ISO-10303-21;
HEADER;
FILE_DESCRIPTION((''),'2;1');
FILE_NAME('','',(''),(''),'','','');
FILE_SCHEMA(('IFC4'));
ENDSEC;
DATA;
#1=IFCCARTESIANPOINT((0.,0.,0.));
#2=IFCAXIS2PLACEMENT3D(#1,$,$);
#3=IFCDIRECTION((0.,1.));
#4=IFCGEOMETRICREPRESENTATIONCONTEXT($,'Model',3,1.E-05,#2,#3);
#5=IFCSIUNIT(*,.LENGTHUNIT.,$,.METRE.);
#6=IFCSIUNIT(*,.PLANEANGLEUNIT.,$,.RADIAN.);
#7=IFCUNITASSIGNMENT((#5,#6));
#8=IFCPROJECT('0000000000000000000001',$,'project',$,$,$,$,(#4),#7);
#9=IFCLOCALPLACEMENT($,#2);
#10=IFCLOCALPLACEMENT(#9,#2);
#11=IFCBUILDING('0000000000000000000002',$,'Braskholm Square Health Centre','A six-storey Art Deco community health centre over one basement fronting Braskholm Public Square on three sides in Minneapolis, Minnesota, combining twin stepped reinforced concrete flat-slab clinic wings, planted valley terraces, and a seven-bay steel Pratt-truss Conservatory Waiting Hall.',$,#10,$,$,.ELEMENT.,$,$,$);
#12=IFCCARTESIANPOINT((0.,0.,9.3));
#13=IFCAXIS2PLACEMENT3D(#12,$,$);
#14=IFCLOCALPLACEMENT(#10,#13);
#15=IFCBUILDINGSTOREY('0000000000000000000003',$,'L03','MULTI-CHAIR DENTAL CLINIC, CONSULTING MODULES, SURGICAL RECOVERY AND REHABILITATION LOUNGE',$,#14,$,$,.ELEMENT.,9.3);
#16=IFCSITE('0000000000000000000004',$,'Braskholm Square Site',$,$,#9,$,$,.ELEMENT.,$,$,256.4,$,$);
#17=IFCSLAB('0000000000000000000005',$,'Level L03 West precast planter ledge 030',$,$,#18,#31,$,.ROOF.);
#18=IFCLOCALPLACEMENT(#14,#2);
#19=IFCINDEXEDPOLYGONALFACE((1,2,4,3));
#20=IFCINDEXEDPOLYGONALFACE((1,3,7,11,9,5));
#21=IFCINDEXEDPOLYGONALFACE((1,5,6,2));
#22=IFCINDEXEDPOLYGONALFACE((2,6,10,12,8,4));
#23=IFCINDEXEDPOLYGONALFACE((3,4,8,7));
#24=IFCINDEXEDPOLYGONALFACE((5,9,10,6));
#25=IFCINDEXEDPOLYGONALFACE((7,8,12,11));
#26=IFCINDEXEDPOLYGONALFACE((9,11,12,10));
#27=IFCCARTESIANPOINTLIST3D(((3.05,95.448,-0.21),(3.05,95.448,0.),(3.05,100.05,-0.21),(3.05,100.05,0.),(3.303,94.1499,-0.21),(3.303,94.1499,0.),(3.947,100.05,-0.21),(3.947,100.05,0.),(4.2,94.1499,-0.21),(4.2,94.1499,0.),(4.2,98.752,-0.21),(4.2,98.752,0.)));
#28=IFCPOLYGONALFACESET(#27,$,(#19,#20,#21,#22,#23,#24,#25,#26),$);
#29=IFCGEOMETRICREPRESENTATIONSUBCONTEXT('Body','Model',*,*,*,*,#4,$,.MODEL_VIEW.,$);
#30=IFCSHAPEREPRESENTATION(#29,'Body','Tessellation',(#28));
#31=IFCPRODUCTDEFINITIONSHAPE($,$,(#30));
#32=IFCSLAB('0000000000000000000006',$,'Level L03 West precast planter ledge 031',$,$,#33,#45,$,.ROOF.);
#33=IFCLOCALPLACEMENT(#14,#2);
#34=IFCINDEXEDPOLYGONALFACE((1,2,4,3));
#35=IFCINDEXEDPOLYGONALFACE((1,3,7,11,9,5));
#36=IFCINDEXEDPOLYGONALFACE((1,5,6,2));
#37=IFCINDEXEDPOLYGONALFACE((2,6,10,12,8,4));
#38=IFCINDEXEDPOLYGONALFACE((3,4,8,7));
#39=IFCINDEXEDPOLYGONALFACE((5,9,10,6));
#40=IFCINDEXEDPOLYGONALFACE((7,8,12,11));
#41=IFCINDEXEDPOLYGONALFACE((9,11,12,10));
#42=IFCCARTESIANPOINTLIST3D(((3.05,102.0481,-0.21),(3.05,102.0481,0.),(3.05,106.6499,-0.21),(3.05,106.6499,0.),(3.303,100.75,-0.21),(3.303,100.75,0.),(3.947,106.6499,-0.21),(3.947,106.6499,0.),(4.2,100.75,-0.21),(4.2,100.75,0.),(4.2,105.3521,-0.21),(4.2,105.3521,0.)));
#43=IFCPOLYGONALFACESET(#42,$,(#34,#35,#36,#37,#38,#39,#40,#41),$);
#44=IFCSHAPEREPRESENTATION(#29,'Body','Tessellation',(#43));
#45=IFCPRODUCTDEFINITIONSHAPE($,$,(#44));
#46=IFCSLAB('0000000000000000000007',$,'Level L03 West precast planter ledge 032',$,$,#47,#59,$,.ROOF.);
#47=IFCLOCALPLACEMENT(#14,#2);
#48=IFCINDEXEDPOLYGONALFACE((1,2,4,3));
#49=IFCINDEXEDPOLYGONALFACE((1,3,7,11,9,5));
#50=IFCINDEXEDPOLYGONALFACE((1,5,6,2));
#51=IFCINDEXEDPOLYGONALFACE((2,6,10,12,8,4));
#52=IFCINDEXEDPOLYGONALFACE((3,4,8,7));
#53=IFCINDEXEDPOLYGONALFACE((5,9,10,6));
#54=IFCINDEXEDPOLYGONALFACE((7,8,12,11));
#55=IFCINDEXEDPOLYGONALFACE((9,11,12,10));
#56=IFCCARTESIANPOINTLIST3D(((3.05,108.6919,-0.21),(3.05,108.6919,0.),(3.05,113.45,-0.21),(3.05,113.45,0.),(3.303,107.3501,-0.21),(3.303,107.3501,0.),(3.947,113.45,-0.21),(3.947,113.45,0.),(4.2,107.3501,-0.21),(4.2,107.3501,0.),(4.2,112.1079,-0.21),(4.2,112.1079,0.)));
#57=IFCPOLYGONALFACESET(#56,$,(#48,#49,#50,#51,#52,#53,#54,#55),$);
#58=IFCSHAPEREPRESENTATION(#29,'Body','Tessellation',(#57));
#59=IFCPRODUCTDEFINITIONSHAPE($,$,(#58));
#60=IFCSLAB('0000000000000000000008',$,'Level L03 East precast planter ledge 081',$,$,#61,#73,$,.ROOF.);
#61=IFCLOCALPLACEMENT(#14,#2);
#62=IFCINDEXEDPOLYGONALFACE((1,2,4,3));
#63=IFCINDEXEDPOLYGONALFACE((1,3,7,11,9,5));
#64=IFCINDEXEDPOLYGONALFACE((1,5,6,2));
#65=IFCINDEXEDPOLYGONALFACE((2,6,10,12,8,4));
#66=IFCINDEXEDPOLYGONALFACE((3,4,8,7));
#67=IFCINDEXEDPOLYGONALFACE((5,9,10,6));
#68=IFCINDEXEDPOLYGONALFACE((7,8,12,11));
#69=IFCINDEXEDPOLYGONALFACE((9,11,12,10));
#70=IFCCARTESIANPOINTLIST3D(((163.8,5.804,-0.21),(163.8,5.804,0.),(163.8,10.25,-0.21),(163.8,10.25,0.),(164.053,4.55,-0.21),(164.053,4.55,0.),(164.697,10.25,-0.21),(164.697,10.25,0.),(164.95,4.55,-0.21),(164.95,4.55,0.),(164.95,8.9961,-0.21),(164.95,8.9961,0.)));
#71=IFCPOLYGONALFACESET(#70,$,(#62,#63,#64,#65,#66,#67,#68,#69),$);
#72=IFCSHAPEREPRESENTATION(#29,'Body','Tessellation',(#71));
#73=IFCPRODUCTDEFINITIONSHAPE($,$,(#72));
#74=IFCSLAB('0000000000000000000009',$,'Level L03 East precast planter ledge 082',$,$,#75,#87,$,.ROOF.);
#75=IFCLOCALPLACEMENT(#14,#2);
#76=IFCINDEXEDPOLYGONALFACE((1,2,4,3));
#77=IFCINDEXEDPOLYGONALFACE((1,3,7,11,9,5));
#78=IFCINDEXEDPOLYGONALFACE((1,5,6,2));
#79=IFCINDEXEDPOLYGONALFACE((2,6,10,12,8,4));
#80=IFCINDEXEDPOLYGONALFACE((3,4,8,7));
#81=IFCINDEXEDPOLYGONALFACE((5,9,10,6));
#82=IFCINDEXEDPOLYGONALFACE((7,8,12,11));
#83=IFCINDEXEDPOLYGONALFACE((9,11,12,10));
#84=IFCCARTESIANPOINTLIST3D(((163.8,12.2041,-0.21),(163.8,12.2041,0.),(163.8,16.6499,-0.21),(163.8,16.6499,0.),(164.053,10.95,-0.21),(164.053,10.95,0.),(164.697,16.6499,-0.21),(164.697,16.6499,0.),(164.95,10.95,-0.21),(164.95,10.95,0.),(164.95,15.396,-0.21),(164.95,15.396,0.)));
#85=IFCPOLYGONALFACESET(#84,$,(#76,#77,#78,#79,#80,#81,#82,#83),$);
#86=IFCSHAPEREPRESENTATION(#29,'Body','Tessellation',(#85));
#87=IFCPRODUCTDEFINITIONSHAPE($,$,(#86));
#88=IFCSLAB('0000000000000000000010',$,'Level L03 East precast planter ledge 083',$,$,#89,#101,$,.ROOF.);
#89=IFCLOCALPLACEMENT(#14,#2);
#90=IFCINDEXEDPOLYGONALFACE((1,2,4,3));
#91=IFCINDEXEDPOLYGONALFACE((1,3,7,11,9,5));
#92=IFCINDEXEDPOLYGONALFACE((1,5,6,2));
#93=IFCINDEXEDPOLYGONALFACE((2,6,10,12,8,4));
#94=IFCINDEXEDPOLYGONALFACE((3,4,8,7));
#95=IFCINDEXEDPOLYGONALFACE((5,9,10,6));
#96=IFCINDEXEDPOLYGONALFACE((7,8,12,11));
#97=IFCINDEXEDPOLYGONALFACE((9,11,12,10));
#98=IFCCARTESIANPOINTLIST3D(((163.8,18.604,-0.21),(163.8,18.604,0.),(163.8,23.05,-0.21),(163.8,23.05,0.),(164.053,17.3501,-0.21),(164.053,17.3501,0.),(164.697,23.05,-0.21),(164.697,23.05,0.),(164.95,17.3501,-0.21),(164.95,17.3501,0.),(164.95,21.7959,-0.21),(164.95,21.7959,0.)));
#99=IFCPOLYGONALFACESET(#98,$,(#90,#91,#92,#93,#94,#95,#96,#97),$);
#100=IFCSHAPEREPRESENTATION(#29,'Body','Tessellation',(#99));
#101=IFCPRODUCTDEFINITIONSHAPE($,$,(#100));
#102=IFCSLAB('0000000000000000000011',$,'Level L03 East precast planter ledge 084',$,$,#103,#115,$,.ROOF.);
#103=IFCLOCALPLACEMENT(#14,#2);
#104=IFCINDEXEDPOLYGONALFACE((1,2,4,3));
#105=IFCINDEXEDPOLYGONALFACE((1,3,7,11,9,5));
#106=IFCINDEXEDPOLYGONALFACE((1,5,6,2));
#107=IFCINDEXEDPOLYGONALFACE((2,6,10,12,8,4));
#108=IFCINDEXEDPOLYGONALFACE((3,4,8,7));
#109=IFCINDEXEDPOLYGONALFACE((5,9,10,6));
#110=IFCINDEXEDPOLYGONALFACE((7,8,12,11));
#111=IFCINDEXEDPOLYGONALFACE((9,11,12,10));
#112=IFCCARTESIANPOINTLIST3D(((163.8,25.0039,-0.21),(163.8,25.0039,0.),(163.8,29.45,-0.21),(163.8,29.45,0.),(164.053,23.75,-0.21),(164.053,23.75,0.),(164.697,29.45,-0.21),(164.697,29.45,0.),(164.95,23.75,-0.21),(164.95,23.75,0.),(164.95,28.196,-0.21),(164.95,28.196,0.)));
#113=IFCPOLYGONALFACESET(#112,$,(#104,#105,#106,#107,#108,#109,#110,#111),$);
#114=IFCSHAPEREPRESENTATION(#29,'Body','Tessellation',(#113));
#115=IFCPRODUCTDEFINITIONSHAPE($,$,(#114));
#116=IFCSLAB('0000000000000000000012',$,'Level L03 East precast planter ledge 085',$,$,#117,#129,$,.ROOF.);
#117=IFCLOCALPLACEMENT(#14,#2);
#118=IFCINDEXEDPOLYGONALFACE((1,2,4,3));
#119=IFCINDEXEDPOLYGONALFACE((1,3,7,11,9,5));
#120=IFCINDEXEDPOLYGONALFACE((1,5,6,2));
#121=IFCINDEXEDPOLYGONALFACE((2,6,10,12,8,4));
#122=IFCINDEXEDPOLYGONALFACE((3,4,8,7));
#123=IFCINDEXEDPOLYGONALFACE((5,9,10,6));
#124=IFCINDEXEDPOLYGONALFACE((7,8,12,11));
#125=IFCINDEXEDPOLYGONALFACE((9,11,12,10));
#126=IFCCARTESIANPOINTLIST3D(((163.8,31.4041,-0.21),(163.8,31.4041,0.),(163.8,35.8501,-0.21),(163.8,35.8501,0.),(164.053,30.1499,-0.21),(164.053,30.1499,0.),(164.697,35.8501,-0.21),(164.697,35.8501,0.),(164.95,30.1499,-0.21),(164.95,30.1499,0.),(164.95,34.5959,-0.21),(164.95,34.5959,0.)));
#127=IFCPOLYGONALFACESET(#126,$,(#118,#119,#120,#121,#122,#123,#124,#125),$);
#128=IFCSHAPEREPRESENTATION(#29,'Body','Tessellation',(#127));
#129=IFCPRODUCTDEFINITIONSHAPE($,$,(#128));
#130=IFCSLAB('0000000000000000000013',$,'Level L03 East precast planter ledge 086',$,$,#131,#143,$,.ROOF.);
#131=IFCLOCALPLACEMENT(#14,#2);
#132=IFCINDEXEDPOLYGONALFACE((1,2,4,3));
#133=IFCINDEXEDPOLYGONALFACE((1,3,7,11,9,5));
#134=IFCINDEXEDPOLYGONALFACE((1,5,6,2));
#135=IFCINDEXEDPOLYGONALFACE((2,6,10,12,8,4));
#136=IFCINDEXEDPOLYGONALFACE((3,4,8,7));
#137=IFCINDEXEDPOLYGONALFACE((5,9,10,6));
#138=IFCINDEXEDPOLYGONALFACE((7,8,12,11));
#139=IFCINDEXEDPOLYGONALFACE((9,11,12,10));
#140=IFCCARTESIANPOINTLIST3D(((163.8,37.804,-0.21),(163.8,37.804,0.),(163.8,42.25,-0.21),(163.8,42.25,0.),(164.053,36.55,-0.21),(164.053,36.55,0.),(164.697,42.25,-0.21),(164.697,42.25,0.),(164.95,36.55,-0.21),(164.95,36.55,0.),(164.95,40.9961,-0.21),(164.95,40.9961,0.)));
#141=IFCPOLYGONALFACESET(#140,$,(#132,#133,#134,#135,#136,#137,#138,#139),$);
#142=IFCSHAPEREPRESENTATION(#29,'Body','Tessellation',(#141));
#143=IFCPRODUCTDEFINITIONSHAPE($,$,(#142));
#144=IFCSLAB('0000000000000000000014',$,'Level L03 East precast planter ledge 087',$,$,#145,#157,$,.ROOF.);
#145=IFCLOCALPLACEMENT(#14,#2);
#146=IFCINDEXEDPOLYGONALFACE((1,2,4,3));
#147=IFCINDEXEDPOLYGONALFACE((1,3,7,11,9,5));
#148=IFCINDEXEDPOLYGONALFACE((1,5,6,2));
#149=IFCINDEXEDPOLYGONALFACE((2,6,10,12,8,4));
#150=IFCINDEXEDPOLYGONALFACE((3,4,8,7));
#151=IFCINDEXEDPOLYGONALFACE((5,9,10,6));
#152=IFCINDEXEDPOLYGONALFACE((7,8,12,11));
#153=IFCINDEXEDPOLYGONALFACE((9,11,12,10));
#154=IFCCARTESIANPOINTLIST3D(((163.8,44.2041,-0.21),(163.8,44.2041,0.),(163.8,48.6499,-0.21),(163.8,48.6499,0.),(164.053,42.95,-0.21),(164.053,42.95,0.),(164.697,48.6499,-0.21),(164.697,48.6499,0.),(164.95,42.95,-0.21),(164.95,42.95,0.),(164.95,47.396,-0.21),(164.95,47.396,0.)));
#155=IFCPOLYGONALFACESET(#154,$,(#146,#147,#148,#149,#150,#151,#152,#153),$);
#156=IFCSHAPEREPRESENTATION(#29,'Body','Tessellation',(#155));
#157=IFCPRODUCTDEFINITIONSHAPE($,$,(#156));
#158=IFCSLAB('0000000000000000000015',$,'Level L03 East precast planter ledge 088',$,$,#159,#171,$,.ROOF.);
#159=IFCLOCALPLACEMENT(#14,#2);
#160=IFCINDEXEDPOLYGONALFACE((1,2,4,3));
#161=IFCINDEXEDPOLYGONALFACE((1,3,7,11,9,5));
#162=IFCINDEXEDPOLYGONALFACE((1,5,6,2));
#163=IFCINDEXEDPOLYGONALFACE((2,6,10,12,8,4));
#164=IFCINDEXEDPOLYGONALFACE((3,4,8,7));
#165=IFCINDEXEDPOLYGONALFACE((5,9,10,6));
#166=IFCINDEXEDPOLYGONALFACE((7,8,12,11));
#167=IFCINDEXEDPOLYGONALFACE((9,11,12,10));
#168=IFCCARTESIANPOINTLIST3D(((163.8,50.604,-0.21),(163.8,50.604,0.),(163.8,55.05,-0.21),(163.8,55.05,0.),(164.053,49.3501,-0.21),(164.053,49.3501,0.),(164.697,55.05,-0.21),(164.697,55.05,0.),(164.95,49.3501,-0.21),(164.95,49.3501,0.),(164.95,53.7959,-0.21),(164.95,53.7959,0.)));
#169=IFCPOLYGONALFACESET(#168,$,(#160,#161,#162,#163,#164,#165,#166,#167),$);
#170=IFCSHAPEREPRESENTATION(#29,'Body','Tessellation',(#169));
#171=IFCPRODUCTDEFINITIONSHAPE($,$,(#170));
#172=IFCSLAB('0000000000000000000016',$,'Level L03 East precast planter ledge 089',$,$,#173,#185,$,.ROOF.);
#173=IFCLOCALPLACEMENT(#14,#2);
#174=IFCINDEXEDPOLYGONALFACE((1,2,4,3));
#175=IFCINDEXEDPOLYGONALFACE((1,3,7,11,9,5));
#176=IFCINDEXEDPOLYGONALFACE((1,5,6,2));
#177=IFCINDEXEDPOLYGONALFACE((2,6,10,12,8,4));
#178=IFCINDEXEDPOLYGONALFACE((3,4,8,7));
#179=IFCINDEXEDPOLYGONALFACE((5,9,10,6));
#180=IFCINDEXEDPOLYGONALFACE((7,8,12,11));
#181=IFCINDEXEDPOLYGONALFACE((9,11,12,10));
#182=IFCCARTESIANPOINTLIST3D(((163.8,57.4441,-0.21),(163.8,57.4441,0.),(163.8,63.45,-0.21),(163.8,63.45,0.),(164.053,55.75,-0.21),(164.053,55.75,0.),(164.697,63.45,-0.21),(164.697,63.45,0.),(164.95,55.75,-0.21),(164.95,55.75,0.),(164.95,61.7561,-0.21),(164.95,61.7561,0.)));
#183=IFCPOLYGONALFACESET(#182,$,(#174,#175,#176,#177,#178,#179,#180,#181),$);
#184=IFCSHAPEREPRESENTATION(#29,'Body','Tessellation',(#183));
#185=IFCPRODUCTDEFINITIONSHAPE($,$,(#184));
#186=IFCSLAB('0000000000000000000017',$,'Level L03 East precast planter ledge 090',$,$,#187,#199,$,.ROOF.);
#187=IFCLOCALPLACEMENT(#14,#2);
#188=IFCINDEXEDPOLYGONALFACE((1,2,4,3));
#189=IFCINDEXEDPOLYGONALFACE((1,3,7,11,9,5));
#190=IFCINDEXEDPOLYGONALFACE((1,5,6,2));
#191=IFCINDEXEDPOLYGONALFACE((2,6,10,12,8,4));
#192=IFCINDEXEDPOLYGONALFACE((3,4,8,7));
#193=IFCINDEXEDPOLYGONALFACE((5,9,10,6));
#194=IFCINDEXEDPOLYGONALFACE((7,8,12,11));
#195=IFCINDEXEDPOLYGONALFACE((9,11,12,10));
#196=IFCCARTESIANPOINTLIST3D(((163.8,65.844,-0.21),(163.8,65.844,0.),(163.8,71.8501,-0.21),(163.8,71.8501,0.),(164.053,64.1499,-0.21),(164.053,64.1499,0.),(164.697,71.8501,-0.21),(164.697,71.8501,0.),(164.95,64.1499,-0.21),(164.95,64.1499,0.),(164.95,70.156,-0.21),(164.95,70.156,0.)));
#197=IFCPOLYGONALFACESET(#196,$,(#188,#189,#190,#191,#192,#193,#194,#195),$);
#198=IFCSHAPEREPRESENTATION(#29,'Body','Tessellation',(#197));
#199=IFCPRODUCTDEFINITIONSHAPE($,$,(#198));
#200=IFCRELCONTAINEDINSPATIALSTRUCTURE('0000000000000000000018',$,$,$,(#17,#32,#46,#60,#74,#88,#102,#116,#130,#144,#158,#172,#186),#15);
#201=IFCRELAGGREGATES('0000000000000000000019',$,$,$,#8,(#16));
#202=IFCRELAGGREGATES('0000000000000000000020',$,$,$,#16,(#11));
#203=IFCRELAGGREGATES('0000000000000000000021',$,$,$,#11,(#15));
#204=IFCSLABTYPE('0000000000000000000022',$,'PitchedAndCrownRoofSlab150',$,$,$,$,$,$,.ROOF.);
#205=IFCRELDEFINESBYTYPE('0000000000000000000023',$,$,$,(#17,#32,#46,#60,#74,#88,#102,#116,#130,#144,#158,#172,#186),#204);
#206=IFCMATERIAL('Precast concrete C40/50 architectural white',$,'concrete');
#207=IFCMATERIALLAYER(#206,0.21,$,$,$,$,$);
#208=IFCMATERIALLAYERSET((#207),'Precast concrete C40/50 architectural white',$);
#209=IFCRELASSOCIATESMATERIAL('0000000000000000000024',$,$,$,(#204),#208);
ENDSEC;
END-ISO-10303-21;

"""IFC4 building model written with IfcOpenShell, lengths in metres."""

from ifc_helpers import new_model, si_unit, direction, frame, origin, place, context, subcontext, project, spatial, polyline, outline, extrude, material, layer, layer_set, type_object, element, save


model = new_model("IFC4")

# Units and contexts
model_context = context("Model", 3, precision=1e-05, world=origin(), true_north=direction((0.0, 1.0)))
body_context = subcontext(model_context, "Body", "Model", "MODEL_VIEW")
ifc_project = project(units=[si_unit("LENGTHUNIT", "METRE"), si_unit("PLANEANGLEUNIT", "RADIAN")], contexts=[model_context])

# Site, building, storey
site_placement = place(None, origin())
site = spatial("IfcSite", under=ifc_project, at=site_placement, Name="Braskholm Square Site", CompositionType="ELEMENT", RefElevation=256.4)
building_placement = place(site_placement, origin())
building = spatial("IfcBuilding", under=site, at=building_placement, Name="Braskholm Square Health Centre", Description="A six-storey Art Deco community health centre over one basement fronting Braskholm Public Square on three sides in Minneapolis, Minnesota, combining twin stepped reinforced concrete flat-slab clinic wings, planted valley terraces, and a seven-bay steel Pratt-truss Conservatory Waiting Hall.", CompositionType="ELEMENT")
storey_placement = place(building_placement, frame((0.0, 0.0, 9.3)))
storey = spatial("IfcBuildingStorey", under=building, at=storey_placement, Name="L03", Description="MULTI-CHAIR DENTAL CLINIC, CONSULTING MODULES, SURGICAL RECOVERY AND REHABILITATION LOUNGE", CompositionType="ELEMENT", Elevation=9.3)

# Slabs
ifc_material_1 = material(Name="Precast concrete C40/50 architectural white", Category="concrete")
ifc_layer_1 = layer(ifc_material_1, 0.21)
ifc_layer_set_1 = layer_set([ifc_layer_1], Name="Precast concrete C40/50 architectural white")
slab_type_1 = type_object("IfcSlabType", Name="PitchedAndCrownRoofSlab150", PredefinedType="ROOF", material=ifc_layer_set_1)
slab_1_placement = place(storey_placement, frame((0.0, 0.0, -0.21)))
element("IfcSlab", 1, at=slab_1_placement, inside=storey, type_object=slab_type_1, Name="Level L03 West precast planter ledge 030", PredefinedType="ROOF", context=body_context, shape_type="SweptSolid", body=[
    extrude(outline(polyline([(3.303, 94.1499), (4.2, 94.1499), (4.2, 98.752), (3.947, 100.05), (3.05, 100.05), (3.05, 95.448), (3.303, 94.1499)])), origin(), (0.0, 0.0, 1.0), 0.21),
])
slab_2_placement = place(storey_placement, frame((0.0, 0.0, -0.21)))
element("IfcSlab", 2, at=slab_2_placement, inside=storey, type_object=slab_type_1, Name="Level L03 West precast planter ledge 031", PredefinedType="ROOF", context=body_context, shape_type="SweptSolid", body=[
    extrude(outline(polyline([(3.303, 100.75), (4.2, 100.75), (4.2, 105.3521), (3.947, 106.6499), (3.05, 106.6499), (3.05, 102.0481), (3.303, 100.75)])), origin(), (0.0, 0.0, 1.0), 0.21),
])
slab_3_placement = place(storey_placement, frame((0.0, 0.0, -0.21)))
element("IfcSlab", 3, at=slab_3_placement, inside=storey, type_object=slab_type_1, Name="Level L03 West precast planter ledge 032", PredefinedType="ROOF", context=body_context, shape_type="SweptSolid", body=[
    extrude(outline(polyline([(3.303, 107.3501), (4.2, 107.3501), (4.2, 112.1079), (3.947, 113.45), (3.05, 113.45), (3.05, 108.6919), (3.303, 107.3501)])), origin(), (0.0, 0.0, 1.0), 0.21),
])
slab_4_placement = place(storey_placement, frame((0.0, 0.0, -0.21)))
element("IfcSlab", 4, at=slab_4_placement, inside=storey, type_object=slab_type_1, Name="Level L03 East precast planter ledge 081", PredefinedType="ROOF", context=body_context, shape_type="SweptSolid", body=[
    extrude(outline(polyline([(164.053, 4.55), (164.95, 4.55), (164.95, 8.9961), (164.697, 10.25), (163.8, 10.25), (163.8, 5.804), (164.053, 4.55)])), origin(), (0.0, 0.0, 1.0), 0.21),
])
slab_5_placement = place(storey_placement, frame((0.0, 0.0, -0.21)))
element("IfcSlab", 5, at=slab_5_placement, inside=storey, type_object=slab_type_1, Name="Level L03 East precast planter ledge 082", PredefinedType="ROOF", context=body_context, shape_type="SweptSolid", body=[
    extrude(outline(polyline([(164.053, 10.95), (164.95, 10.95), (164.95, 15.396), (164.697, 16.6499), (163.8, 16.6499), (163.8, 12.2041), (164.053, 10.95)])), origin(), (0.0, 0.0, 1.0), 0.21),
])
slab_6_placement = place(storey_placement, frame((0.0, 0.0, -0.21)))
element("IfcSlab", 6, at=slab_6_placement, inside=storey, type_object=slab_type_1, Name="Level L03 East precast planter ledge 083", PredefinedType="ROOF", context=body_context, shape_type="SweptSolid", body=[
    extrude(outline(polyline([(164.053, 17.3501), (164.95, 17.3501), (164.95, 21.7959), (164.697, 23.05), (163.8, 23.05), (163.8, 18.604), (164.053, 17.3501)])), origin(), (0.0, 0.0, 1.0), 0.21),
])
slab_7_placement = place(storey_placement, frame((0.0, 0.0, -0.21)))
element("IfcSlab", 7, at=slab_7_placement, inside=storey, type_object=slab_type_1, Name="Level L03 East precast planter ledge 084", PredefinedType="ROOF", context=body_context, shape_type="SweptSolid", body=[
    extrude(outline(polyline([(164.053, 23.75), (164.95, 23.75), (164.95, 28.196), (164.697, 29.45), (163.8, 29.45), (163.8, 25.0039), (164.053, 23.75)])), origin(), (0.0, 0.0, 1.0), 0.21),
])
slab_8_placement = place(storey_placement, frame((0.0, 0.0, -0.21)))
element("IfcSlab", 8, at=slab_8_placement, inside=storey, type_object=slab_type_1, Name="Level L03 East precast planter ledge 085", PredefinedType="ROOF", context=body_context, shape_type="SweptSolid", body=[
    extrude(outline(polyline([(164.053, 30.1499), (164.95, 30.1499), (164.95, 34.5959), (164.697, 35.8501), (163.8, 35.8501), (163.8, 31.4041), (164.053, 30.1499)])), origin(), (0.0, 0.0, 1.0), 0.21),
])
slab_9_placement = place(storey_placement, frame((0.0, 0.0, -0.21)))
element("IfcSlab", 9, at=slab_9_placement, inside=storey, type_object=slab_type_1, Name="Level L03 East precast planter ledge 086", PredefinedType="ROOF", context=body_context, shape_type="SweptSolid", body=[
    extrude(outline(polyline([(164.053, 36.55), (164.95, 36.55), (164.95, 40.9961), (164.697, 42.25), (163.8, 42.25), (163.8, 37.804), (164.053, 36.55)])), origin(), (0.0, 0.0, 1.0), 0.21),
])
slab_10_placement = place(storey_placement, frame((0.0, 0.0, -0.21)))
element("IfcSlab", 10, at=slab_10_placement, inside=storey, type_object=slab_type_1, Name="Level L03 East precast planter ledge 087", PredefinedType="ROOF", context=body_context, shape_type="SweptSolid", body=[
    extrude(outline(polyline([(164.053, 42.95), (164.95, 42.95), (164.95, 47.396), (164.697, 48.6499), (163.8, 48.6499), (163.8, 44.2041), (164.053, 42.95)])), origin(), (0.0, 0.0, 1.0), 0.21),
])
slab_11_placement = place(storey_placement, frame((0.0, 0.0, -0.21)))
element("IfcSlab", 11, at=slab_11_placement, inside=storey, type_object=slab_type_1, Name="Level L03 East precast planter ledge 088", PredefinedType="ROOF", context=body_context, shape_type="SweptSolid", body=[
    extrude(outline(polyline([(164.053, 49.3501), (164.95, 49.3501), (164.95, 53.7959), (164.697, 55.05), (163.8, 55.05), (163.8, 50.604), (164.053, 49.3501)])), origin(), (0.0, 0.0, 1.0), 0.21),
])
slab_12_placement = place(storey_placement, frame((0.0, 0.0, -0.21)))
element("IfcSlab", 12, at=slab_12_placement, inside=storey, type_object=slab_type_1, Name="Level L03 East precast planter ledge 089", PredefinedType="ROOF", context=body_context, shape_type="SweptSolid", body=[
    extrude(outline(polyline([(164.053, 55.75), (164.95, 55.75), (164.95, 61.7561), (164.697, 63.45), (163.8, 63.45), (163.8, 57.4441), (164.053, 55.75)])), origin(), (0.0, 0.0, 1.0), 0.21),
])
slab_13_placement = place(storey_placement, frame((0.0, 0.0, -0.21)))
element("IfcSlab", 13, at=slab_13_placement, inside=storey, type_object=slab_type_1, Name="Level L03 East precast planter ledge 090", PredefinedType="ROOF", context=body_context, shape_type="SweptSolid", body=[
    extrude(outline(polyline([(164.053, 64.1499), (164.95, 64.1499), (164.95, 70.156), (164.697, 71.8501), (163.8, 71.8501), (163.8, 65.844), (164.053, 64.1499)])), origin(), (0.0, 0.0, 1.0), 0.21),
])

save(model, "model.ifc")
